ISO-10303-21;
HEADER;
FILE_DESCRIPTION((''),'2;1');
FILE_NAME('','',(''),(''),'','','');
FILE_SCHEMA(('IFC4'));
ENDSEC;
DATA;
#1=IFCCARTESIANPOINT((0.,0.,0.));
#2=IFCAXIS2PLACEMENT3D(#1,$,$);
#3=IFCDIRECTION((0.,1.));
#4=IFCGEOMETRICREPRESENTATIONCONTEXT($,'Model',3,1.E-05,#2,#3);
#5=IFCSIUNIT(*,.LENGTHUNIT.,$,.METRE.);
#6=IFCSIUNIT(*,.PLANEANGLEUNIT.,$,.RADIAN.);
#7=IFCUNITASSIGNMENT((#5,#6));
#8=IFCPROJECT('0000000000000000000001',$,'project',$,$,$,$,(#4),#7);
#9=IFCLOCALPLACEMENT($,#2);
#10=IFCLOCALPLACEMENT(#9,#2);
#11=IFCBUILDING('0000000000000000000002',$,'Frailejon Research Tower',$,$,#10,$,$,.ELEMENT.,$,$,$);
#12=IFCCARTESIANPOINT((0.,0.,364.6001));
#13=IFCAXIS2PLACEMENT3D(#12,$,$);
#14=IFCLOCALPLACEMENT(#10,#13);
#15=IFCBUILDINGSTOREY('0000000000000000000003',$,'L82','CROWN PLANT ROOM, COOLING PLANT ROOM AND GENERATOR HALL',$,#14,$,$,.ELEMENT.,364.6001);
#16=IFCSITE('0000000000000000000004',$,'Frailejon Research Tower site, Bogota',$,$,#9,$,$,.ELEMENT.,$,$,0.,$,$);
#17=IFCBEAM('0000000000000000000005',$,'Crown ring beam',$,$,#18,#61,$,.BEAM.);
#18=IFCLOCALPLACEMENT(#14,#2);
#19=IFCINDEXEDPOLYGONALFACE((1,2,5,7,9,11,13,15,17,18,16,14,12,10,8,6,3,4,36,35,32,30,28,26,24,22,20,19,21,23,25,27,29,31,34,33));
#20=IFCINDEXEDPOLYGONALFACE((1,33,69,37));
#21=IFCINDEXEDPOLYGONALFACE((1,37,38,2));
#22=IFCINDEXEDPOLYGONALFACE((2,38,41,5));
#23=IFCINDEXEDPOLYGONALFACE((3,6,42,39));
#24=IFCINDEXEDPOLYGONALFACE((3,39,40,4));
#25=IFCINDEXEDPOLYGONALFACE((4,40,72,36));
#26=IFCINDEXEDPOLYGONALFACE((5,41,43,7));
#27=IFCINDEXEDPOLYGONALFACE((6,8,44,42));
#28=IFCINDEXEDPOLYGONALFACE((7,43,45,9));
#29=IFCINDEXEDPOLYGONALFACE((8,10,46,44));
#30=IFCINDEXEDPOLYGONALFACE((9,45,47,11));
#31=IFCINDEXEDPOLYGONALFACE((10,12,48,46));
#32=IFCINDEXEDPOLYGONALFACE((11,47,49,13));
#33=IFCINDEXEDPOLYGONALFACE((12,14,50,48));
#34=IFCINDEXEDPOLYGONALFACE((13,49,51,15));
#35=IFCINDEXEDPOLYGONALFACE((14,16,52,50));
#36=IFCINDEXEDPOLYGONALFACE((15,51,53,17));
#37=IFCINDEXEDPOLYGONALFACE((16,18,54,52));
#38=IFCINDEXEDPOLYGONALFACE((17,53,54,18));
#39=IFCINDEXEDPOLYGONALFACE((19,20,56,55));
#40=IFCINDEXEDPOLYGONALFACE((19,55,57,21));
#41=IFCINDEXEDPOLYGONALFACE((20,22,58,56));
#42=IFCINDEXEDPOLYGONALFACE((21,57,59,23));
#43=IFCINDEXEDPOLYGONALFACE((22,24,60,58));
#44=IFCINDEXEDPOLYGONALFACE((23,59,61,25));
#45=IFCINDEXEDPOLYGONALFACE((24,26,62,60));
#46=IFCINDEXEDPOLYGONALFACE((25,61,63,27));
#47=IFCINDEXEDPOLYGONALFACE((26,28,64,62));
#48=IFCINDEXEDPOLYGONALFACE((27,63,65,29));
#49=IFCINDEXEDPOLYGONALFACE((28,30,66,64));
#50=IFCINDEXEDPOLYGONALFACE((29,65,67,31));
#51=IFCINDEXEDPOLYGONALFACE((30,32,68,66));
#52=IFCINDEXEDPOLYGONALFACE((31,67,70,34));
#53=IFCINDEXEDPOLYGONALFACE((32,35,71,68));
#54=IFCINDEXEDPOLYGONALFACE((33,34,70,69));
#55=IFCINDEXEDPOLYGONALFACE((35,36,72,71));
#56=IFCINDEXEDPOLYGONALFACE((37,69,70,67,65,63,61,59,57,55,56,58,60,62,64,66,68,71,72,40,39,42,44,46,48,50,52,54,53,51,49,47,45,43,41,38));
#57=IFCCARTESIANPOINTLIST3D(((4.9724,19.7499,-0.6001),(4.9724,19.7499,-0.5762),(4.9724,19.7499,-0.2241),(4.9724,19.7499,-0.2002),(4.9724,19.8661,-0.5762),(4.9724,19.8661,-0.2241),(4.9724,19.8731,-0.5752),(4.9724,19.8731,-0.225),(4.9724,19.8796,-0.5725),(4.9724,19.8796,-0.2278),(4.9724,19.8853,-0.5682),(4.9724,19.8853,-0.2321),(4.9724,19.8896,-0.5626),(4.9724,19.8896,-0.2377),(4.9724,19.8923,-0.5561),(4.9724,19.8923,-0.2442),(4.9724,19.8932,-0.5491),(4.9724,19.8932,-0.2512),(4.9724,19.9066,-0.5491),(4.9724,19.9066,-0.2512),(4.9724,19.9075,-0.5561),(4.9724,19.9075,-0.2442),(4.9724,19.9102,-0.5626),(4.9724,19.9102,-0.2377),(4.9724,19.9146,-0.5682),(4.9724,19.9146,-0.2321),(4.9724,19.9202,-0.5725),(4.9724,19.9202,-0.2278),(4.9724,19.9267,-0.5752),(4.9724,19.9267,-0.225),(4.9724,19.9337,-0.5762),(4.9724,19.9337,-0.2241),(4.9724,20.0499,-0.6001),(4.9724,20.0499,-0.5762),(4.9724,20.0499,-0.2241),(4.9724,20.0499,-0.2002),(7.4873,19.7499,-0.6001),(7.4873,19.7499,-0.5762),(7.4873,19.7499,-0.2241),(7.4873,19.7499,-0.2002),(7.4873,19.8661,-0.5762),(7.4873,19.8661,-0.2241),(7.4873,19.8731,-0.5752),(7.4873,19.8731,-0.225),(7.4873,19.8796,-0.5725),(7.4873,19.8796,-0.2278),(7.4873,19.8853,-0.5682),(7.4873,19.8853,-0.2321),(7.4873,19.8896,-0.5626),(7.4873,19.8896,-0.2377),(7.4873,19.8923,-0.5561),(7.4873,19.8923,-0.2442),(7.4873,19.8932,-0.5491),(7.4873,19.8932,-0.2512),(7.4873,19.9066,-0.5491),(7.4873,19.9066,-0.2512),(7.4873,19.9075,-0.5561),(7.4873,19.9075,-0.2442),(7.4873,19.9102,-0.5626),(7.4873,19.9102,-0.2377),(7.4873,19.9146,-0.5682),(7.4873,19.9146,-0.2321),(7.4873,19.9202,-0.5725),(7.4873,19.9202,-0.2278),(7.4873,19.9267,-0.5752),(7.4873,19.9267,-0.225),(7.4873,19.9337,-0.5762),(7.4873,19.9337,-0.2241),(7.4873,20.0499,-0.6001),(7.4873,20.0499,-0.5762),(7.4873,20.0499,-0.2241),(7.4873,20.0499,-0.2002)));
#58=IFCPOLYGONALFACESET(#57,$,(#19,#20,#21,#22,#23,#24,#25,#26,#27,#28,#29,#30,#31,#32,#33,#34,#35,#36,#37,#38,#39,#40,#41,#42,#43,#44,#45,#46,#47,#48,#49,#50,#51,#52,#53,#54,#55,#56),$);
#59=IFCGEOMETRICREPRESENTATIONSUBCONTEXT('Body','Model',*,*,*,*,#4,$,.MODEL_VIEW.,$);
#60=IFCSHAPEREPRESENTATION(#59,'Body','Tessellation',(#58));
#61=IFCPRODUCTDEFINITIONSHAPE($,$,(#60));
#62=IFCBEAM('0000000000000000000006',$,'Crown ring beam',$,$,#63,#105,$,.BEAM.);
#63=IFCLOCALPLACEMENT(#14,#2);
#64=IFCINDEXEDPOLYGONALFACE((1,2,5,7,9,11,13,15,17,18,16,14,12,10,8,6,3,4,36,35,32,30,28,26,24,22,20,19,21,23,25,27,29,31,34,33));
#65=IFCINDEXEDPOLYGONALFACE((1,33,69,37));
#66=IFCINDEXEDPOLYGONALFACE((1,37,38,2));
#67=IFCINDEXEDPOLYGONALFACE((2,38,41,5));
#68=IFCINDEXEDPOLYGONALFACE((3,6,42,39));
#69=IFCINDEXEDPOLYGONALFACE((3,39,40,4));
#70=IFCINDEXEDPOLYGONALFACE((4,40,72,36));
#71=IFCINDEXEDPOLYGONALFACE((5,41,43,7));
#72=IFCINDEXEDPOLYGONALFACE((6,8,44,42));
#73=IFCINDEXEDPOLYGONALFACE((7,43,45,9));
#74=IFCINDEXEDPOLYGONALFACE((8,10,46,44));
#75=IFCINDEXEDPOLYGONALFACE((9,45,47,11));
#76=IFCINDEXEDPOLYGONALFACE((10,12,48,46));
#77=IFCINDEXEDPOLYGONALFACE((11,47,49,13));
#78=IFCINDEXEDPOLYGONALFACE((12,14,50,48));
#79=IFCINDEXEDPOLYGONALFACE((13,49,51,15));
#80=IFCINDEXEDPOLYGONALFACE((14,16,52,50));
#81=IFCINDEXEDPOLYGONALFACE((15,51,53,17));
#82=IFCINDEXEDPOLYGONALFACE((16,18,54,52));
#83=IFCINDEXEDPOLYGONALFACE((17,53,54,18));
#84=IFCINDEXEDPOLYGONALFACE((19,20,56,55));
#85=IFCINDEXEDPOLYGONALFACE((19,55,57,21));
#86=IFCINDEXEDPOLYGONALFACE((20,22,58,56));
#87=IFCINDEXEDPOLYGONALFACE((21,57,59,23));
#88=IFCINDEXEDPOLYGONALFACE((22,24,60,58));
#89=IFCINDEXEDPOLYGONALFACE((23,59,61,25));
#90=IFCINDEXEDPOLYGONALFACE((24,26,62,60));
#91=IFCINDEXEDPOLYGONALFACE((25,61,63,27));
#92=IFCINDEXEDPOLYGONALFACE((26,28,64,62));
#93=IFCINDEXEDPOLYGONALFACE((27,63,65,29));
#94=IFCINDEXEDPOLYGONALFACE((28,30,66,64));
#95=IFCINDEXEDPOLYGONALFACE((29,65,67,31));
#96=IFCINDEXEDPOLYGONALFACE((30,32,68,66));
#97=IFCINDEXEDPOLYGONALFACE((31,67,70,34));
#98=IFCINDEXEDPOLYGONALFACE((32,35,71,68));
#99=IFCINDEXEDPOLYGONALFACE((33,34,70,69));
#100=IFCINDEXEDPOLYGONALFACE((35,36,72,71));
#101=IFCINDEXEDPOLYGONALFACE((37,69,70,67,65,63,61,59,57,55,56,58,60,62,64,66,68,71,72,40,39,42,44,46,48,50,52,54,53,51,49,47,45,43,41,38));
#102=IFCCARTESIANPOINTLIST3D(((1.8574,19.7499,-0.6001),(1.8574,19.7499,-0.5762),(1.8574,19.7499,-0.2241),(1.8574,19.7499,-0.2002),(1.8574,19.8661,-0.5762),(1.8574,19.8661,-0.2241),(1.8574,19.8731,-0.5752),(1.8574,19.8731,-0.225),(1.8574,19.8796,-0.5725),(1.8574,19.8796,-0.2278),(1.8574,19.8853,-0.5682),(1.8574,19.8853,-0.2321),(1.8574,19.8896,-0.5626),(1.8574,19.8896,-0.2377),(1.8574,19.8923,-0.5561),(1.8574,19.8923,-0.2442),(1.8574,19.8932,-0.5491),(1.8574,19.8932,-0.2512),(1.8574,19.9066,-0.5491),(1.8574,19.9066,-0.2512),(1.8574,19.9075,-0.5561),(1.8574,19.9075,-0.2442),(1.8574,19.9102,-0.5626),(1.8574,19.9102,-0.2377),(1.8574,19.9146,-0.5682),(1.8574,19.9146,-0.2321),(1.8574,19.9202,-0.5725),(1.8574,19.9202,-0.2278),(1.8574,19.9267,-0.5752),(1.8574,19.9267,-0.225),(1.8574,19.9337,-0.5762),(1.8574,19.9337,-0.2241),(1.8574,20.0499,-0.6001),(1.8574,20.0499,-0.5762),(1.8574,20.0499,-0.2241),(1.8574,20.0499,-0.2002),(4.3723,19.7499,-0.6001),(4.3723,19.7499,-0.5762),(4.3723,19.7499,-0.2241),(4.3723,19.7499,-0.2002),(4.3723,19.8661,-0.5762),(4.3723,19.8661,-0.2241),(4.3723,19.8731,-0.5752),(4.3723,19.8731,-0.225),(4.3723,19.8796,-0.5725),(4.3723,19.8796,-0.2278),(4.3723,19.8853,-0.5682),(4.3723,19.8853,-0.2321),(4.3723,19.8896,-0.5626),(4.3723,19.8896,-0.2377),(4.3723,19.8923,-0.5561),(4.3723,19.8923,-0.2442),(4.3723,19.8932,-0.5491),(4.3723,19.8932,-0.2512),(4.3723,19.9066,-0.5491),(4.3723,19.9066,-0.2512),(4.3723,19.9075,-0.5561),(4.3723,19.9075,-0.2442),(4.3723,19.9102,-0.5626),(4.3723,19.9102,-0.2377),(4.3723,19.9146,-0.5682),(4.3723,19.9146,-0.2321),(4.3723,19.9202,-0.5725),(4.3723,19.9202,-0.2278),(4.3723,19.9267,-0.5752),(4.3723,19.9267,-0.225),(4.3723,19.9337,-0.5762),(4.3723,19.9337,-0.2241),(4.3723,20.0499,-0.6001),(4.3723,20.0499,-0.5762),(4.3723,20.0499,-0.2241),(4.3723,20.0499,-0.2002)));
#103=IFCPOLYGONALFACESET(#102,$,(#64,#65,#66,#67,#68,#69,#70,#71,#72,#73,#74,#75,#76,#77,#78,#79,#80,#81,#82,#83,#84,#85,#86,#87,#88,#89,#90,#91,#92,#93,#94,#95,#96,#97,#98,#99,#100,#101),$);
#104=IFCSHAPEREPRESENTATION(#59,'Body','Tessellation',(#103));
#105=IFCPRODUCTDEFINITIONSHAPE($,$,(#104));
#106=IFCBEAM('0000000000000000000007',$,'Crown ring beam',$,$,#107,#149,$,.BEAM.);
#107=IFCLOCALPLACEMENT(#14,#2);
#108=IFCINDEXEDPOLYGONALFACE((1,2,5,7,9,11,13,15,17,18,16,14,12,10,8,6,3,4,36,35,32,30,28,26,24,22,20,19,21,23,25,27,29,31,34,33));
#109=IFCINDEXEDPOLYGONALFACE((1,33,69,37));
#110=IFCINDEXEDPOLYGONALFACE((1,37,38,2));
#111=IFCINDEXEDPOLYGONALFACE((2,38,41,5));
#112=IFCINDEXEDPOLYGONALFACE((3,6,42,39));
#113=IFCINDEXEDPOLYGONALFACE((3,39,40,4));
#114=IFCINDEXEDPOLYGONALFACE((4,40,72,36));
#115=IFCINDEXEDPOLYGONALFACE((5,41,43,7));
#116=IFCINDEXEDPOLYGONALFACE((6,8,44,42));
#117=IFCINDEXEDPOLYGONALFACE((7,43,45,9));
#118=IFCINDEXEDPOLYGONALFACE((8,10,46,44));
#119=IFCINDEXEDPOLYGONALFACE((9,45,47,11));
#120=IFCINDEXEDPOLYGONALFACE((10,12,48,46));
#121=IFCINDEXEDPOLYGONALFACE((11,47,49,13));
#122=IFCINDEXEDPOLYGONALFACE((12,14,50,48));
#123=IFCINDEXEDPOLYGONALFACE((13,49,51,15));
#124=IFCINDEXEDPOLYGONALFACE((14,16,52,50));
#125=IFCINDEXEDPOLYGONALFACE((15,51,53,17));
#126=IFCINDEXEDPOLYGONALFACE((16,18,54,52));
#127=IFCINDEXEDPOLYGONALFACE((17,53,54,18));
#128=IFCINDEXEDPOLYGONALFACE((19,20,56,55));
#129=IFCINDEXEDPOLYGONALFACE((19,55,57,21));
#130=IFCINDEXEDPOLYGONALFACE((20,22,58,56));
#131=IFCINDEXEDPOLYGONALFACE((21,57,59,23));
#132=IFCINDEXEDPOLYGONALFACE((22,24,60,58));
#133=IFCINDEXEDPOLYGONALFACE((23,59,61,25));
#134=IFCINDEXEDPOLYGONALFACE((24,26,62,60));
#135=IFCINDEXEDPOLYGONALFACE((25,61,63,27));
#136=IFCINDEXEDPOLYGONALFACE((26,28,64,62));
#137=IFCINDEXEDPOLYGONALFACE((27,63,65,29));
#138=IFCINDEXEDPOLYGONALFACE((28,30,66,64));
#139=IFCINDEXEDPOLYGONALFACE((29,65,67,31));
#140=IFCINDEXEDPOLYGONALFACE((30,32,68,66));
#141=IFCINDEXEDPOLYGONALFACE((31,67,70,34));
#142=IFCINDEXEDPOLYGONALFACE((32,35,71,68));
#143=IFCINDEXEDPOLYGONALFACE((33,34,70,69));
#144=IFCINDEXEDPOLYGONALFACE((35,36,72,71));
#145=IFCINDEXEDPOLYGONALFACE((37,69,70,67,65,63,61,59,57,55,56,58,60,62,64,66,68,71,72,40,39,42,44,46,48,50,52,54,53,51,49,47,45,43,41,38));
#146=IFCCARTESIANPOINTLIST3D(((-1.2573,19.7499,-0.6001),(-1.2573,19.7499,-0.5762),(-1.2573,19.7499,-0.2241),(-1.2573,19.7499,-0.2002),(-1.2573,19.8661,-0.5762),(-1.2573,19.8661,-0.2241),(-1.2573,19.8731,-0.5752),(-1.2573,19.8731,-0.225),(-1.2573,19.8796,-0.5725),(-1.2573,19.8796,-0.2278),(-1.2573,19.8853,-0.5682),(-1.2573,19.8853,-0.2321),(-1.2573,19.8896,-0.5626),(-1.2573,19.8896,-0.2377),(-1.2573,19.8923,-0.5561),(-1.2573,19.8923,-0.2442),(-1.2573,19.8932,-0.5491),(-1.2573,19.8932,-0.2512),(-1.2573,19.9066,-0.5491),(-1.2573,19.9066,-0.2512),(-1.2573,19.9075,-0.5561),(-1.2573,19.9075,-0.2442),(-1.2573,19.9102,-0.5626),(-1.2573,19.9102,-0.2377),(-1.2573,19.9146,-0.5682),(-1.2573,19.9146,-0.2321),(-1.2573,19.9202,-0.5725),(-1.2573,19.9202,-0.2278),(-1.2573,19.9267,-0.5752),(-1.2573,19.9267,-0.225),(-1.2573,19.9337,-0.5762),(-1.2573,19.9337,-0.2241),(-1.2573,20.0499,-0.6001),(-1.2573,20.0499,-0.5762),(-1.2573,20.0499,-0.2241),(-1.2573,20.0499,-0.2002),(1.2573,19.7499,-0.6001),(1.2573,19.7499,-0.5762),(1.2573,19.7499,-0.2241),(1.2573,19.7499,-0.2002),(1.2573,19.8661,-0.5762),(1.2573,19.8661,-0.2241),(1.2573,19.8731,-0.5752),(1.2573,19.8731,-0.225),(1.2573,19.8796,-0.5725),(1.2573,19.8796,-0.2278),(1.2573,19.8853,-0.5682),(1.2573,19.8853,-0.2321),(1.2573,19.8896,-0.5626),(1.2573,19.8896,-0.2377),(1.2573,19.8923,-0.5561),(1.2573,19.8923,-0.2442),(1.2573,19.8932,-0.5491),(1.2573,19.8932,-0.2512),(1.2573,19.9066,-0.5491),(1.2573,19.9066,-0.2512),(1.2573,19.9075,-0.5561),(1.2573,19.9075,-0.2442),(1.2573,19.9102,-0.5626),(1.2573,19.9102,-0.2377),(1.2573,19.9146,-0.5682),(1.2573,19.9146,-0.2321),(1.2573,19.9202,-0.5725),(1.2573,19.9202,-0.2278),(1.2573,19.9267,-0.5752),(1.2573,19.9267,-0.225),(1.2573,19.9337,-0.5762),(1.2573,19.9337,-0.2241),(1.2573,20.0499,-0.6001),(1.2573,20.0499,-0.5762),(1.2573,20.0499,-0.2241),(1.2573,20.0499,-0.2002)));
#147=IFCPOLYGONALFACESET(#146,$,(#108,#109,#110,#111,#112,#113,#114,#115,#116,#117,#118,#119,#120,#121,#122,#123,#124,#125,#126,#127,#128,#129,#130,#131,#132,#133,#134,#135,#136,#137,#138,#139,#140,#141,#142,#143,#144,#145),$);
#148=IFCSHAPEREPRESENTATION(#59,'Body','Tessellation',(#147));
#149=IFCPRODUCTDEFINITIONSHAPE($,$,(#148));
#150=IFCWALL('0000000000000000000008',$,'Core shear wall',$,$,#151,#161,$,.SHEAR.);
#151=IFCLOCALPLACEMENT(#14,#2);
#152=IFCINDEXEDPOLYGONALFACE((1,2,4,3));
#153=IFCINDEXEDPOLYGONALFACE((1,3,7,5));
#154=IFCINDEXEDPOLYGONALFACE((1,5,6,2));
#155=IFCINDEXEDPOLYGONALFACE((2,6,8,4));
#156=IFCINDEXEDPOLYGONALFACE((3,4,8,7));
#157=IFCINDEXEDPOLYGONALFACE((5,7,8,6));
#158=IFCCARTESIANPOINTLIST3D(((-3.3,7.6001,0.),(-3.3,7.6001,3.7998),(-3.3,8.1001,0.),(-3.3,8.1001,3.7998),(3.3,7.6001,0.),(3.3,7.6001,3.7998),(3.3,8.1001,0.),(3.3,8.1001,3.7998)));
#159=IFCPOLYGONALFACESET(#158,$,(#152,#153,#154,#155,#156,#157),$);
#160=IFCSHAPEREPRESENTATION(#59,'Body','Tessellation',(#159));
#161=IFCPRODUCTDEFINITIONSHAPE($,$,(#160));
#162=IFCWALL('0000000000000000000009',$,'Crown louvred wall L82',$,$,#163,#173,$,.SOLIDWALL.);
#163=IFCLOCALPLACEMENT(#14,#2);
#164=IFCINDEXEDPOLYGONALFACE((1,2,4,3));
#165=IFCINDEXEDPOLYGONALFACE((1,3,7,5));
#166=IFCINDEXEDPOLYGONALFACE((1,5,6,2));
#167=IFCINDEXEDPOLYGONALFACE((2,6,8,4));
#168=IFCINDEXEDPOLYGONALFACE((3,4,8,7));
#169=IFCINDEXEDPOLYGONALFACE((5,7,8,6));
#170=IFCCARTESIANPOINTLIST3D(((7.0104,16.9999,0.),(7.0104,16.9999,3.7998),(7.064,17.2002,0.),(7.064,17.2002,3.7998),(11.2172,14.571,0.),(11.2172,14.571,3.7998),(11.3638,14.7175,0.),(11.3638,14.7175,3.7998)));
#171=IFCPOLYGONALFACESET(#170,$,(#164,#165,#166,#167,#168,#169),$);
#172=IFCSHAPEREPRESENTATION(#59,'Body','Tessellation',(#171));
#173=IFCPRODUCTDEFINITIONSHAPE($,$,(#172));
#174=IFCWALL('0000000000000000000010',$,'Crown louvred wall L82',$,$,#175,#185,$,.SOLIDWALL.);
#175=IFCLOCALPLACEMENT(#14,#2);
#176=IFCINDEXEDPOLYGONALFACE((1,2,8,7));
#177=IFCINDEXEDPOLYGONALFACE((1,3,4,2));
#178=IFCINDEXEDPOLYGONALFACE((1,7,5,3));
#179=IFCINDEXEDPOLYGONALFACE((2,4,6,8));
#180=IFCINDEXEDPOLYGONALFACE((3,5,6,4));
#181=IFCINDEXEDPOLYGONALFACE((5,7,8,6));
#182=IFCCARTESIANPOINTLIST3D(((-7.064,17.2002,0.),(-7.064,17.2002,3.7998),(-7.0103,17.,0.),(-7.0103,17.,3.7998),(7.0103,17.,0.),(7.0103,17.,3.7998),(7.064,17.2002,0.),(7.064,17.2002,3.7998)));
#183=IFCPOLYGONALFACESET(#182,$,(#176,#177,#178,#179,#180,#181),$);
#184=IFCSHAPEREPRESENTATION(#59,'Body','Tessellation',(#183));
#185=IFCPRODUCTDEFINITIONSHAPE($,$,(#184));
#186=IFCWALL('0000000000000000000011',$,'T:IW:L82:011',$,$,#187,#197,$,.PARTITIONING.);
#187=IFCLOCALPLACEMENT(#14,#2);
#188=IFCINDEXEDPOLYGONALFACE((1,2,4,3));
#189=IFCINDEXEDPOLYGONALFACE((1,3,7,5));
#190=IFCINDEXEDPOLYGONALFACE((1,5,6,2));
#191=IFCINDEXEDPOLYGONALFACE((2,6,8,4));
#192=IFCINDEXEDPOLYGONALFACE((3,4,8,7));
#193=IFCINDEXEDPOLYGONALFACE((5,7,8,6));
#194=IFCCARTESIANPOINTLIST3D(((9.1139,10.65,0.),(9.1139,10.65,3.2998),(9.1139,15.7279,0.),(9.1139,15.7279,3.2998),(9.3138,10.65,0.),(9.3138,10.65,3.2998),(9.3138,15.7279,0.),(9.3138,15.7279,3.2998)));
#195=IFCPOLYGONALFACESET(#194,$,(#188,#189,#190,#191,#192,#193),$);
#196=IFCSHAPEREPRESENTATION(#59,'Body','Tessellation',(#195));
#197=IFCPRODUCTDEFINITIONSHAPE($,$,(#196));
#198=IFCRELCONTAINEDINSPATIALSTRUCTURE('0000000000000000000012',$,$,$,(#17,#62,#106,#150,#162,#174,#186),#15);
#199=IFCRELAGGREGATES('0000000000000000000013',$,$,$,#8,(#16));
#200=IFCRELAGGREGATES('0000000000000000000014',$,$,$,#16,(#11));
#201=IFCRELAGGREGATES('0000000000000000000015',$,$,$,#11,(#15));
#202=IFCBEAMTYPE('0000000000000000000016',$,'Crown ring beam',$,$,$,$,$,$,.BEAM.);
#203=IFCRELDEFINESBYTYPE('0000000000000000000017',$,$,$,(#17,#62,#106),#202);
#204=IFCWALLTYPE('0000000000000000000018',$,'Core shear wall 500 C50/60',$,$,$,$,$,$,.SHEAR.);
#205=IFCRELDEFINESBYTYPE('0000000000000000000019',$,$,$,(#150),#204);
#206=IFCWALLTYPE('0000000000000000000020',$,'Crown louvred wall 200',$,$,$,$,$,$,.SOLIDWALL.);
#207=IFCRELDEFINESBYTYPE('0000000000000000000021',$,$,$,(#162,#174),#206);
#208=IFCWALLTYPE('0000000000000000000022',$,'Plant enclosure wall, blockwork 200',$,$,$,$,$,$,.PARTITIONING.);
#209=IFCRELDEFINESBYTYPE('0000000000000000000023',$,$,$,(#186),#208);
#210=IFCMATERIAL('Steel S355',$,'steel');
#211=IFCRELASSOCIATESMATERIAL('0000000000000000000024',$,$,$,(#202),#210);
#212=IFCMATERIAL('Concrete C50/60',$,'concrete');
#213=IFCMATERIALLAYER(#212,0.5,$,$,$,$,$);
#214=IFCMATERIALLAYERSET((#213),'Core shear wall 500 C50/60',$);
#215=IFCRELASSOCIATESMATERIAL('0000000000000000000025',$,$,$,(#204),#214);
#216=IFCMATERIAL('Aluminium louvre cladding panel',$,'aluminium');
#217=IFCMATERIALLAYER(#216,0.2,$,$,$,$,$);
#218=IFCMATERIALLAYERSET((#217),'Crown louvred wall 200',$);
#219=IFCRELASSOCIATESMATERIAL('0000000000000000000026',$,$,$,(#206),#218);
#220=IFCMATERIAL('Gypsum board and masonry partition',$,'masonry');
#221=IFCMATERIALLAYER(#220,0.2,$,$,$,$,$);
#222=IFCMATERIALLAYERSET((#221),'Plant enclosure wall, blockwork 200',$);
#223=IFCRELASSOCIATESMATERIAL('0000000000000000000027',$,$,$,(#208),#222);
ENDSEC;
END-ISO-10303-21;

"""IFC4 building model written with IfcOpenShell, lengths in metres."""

from ifc_helpers import new_model, si_unit, direction, frame, frame_2d, origin, origin_2d, place, context, subcontext, project, spatial, polyline, rectangle, i_section, outline, extrude, material, layer, layer_set, material_profile, profile_set, type_object, element, save


model = new_model("IFC4")

# Units and contexts
model_context = context("Model", 3, precision=1e-05, world=origin(), true_north=direction((0.0, 1.0)))
body_context = subcontext(model_context, "Body", "Model", "MODEL_VIEW")
ifc_project = project(units=[si_unit("LENGTHUNIT", "METRE"), si_unit("PLANEANGLEUNIT", "RADIAN")], contexts=[model_context])

# Site, building, storey
site_placement = place(None, origin())
site = spatial("IfcSite", under=ifc_project, at=site_placement, Name="Frailejon Research Tower site, Bogota", CompositionType="ELEMENT", RefElevation=0.0)
building_placement = place(site_placement, origin())
building = spatial("IfcBuilding", under=site, at=building_placement, Name="Frailejon Research Tower", CompositionType="ELEMENT")
storey_placement = place(building_placement, frame((0.0, 0.0, 364.6001)))
storey = spatial("IfcBuildingStorey", under=building, at=storey_placement, Name="L82", Description="CROWN PLANT ROOM, COOLING PLANT ROOM AND GENERATOR HALL", CompositionType="ELEMENT", Elevation=364.6001)

# Beams
ifc_material_1 = material(Name="Steel S355", Category="steel")
ifc_material_profile_1 = material_profile(ifc_material_1, i_section(OverallWidth=0.3, OverallDepth=0.3999, WebThickness=0.0134, FlangeThickness=0.0239, FilletRadius=0.0271, at=origin_2d()), Name="HE 400 B")
ifc_profile_set_1 = profile_set([ifc_material_profile_1], Name="Steel S355")
beam_type_1 = type_object("IfcBeamType", Name="Crown ring beam", PredefinedType="BEAM", material=ifc_profile_set_1)
for number, where, z_axis, x_axis, name in (
    (1, (7.4873, 19.8999, -0.4001), (-1.0, 0.0, 0.0), (0.0, -1.0, 0.0), "Crown ring beam"),
    (2, (4.3723, 19.8999, -0.4001), (-1.0, 0.0, 0.0), (0.0, -1.0, 0.0), "Crown ring beam"),
):
    element("IfcBeam", number, at=place(storey_placement, frame(where, z_axis=z_axis, x_axis=x_axis)), inside=storey, type_object=beam_type_1, Name=name, PredefinedType="BEAM", context=body_context, shape_type="SweptSolid", body=[
        extrude(i_section(OverallWidth=0.3, OverallDepth=0.3999, WebThickness=0.0134, FlangeThickness=0.0239, FilletRadius=0.0271, at=origin_2d()), origin(), (0.0, 0.0, 1.0), 2.5149),
    ])
beam_1_placement = place(storey_placement, frame((1.2573, 19.8999, -0.4001), z_axis=(-1.0, 0.0, 0.0), x_axis=(0.0, -1.0, 0.0)))
element("IfcBeam", 3, at=beam_1_placement, inside=storey, type_object=beam_type_1, Name="Crown ring beam", PredefinedType="BEAM", context=body_context, shape_type="SweptSolid", body=[
    extrude(i_section(OverallWidth=0.3, OverallDepth=0.3999, WebThickness=0.0134, FlangeThickness=0.0239, FilletRadius=0.0271, at=origin_2d()), origin(), (0.0, 0.0, 1.0), 2.5146),
])

# Walls
ifc_material_2 = material(Name="Concrete C50/60", Category="concrete")
ifc_layer_1 = layer(ifc_material_2, 0.5)
ifc_layer_set_1 = layer_set([ifc_layer_1], Name="Core shear wall 500 C50/60")
wall_type_1 = type_object("IfcWallType", Name="Core shear wall 500 C50/60", PredefinedType="SHEAR", material=ifc_layer_set_1)
wall_1_placement = place(storey_placement, frame((3.3, 7.8501, 0.0), z_axis=(0.0, 0.0, 1.0), x_axis=(-1.0, 0.0, 0.0)))
element("IfcWall", 4, at=wall_1_placement, inside=storey, type_object=wall_type_1, Name="Core shear wall", PredefinedType="SHEAR", context=body_context, shape_type="SweptSolid", body=[
    extrude(rectangle(XDim=6.6001, YDim=0.5, at=frame_2d((3.3, 0.0))), origin(), (0.0, 0.0, 1.0), 3.7998),
])
ifc_material_3 = material(Name="Aluminium louvre cladding panel", Category="aluminium")
ifc_layer_2 = layer(ifc_material_3, 0.2)
ifc_layer_set_2 = layer_set([ifc_layer_2], Name="Crown louvred wall 200")
wall_type_2 = type_object("IfcWallType", Name="Crown louvred wall 200", PredefinedType="SOLIDWALL", material=ifc_layer_set_2)
wall_2_placement = place(storey_placement, frame((11.2905, 14.6443, 0.0), z_axis=(0.0, 0.0, 1.0), x_axis=(-0.866017, 0.500015, 0.0)))
element("IfcWall", 5, at=wall_2_placement, inside=storey, type_object=wall_type_2, Name="Crown louvred wall L82", PredefinedType="SOLIDWALL", context=body_context, shape_type="SweptSolid", body=[
    extrude(outline(polyline([(-0.0269, -0.1001), (4.9382, -0.1001), (4.8845, 0.1001), (0.0269, 0.1001), (-0.0269, -0.1001)])), origin(), (0.0, 0.0, 1.0), 3.7998),
])
wall_3_placement = place(storey_placement, frame((7.0371, 17.1001, 0.0), z_axis=(0.0, 0.0, 1.0), x_axis=(-1.0, 0.0, 0.0)))
element("IfcWall", 6, at=wall_3_placement, inside=storey, type_object=wall_type_2, Name="Crown louvred wall L82", PredefinedType="SOLIDWALL", context=body_context, shape_type="SweptSolid", body=[
    extrude(outline(polyline([(-0.0269, -0.1001), (14.1011, -0.1001), (14.0474, 0.1001), (0.0269, 0.1001), (-0.0269, -0.1001)])), origin(), (0.0, 0.0, 1.0), 3.7998),
])
ifc_material_4 = material(Name="Gypsum board and masonry partition", Category="masonry")
ifc_layer_3 = layer(ifc_material_4, 0.2)
ifc_layer_set_3 = layer_set([ifc_layer_3], Name="Plant enclosure wall, blockwork 200")
wall_type_3 = type_object("IfcWallType", Name="Plant enclosure wall, blockwork 200", PredefinedType="PARTITIONING", material=ifc_layer_set_3)
wall_4_placement = place(storey_placement, frame((9.2139, 10.6499, 0.0), z_axis=(0.0, 0.0, 1.0), x_axis=(0.0, 1.0, 0.0)))
element("IfcWall", 7, at=wall_4_placement, inside=storey, type_object=wall_type_3, Name="T:IW:L82:011", PredefinedType="PARTITIONING", context=body_context, shape_type="SweptSolid", body=[
    extrude(rectangle(XDim=5.0779, YDim=0.2, at=frame_2d((2.5391, 0.0))), origin(), (0.0, 0.0, 1.0), 3.2998),
])

save(model, "model.ifc")
